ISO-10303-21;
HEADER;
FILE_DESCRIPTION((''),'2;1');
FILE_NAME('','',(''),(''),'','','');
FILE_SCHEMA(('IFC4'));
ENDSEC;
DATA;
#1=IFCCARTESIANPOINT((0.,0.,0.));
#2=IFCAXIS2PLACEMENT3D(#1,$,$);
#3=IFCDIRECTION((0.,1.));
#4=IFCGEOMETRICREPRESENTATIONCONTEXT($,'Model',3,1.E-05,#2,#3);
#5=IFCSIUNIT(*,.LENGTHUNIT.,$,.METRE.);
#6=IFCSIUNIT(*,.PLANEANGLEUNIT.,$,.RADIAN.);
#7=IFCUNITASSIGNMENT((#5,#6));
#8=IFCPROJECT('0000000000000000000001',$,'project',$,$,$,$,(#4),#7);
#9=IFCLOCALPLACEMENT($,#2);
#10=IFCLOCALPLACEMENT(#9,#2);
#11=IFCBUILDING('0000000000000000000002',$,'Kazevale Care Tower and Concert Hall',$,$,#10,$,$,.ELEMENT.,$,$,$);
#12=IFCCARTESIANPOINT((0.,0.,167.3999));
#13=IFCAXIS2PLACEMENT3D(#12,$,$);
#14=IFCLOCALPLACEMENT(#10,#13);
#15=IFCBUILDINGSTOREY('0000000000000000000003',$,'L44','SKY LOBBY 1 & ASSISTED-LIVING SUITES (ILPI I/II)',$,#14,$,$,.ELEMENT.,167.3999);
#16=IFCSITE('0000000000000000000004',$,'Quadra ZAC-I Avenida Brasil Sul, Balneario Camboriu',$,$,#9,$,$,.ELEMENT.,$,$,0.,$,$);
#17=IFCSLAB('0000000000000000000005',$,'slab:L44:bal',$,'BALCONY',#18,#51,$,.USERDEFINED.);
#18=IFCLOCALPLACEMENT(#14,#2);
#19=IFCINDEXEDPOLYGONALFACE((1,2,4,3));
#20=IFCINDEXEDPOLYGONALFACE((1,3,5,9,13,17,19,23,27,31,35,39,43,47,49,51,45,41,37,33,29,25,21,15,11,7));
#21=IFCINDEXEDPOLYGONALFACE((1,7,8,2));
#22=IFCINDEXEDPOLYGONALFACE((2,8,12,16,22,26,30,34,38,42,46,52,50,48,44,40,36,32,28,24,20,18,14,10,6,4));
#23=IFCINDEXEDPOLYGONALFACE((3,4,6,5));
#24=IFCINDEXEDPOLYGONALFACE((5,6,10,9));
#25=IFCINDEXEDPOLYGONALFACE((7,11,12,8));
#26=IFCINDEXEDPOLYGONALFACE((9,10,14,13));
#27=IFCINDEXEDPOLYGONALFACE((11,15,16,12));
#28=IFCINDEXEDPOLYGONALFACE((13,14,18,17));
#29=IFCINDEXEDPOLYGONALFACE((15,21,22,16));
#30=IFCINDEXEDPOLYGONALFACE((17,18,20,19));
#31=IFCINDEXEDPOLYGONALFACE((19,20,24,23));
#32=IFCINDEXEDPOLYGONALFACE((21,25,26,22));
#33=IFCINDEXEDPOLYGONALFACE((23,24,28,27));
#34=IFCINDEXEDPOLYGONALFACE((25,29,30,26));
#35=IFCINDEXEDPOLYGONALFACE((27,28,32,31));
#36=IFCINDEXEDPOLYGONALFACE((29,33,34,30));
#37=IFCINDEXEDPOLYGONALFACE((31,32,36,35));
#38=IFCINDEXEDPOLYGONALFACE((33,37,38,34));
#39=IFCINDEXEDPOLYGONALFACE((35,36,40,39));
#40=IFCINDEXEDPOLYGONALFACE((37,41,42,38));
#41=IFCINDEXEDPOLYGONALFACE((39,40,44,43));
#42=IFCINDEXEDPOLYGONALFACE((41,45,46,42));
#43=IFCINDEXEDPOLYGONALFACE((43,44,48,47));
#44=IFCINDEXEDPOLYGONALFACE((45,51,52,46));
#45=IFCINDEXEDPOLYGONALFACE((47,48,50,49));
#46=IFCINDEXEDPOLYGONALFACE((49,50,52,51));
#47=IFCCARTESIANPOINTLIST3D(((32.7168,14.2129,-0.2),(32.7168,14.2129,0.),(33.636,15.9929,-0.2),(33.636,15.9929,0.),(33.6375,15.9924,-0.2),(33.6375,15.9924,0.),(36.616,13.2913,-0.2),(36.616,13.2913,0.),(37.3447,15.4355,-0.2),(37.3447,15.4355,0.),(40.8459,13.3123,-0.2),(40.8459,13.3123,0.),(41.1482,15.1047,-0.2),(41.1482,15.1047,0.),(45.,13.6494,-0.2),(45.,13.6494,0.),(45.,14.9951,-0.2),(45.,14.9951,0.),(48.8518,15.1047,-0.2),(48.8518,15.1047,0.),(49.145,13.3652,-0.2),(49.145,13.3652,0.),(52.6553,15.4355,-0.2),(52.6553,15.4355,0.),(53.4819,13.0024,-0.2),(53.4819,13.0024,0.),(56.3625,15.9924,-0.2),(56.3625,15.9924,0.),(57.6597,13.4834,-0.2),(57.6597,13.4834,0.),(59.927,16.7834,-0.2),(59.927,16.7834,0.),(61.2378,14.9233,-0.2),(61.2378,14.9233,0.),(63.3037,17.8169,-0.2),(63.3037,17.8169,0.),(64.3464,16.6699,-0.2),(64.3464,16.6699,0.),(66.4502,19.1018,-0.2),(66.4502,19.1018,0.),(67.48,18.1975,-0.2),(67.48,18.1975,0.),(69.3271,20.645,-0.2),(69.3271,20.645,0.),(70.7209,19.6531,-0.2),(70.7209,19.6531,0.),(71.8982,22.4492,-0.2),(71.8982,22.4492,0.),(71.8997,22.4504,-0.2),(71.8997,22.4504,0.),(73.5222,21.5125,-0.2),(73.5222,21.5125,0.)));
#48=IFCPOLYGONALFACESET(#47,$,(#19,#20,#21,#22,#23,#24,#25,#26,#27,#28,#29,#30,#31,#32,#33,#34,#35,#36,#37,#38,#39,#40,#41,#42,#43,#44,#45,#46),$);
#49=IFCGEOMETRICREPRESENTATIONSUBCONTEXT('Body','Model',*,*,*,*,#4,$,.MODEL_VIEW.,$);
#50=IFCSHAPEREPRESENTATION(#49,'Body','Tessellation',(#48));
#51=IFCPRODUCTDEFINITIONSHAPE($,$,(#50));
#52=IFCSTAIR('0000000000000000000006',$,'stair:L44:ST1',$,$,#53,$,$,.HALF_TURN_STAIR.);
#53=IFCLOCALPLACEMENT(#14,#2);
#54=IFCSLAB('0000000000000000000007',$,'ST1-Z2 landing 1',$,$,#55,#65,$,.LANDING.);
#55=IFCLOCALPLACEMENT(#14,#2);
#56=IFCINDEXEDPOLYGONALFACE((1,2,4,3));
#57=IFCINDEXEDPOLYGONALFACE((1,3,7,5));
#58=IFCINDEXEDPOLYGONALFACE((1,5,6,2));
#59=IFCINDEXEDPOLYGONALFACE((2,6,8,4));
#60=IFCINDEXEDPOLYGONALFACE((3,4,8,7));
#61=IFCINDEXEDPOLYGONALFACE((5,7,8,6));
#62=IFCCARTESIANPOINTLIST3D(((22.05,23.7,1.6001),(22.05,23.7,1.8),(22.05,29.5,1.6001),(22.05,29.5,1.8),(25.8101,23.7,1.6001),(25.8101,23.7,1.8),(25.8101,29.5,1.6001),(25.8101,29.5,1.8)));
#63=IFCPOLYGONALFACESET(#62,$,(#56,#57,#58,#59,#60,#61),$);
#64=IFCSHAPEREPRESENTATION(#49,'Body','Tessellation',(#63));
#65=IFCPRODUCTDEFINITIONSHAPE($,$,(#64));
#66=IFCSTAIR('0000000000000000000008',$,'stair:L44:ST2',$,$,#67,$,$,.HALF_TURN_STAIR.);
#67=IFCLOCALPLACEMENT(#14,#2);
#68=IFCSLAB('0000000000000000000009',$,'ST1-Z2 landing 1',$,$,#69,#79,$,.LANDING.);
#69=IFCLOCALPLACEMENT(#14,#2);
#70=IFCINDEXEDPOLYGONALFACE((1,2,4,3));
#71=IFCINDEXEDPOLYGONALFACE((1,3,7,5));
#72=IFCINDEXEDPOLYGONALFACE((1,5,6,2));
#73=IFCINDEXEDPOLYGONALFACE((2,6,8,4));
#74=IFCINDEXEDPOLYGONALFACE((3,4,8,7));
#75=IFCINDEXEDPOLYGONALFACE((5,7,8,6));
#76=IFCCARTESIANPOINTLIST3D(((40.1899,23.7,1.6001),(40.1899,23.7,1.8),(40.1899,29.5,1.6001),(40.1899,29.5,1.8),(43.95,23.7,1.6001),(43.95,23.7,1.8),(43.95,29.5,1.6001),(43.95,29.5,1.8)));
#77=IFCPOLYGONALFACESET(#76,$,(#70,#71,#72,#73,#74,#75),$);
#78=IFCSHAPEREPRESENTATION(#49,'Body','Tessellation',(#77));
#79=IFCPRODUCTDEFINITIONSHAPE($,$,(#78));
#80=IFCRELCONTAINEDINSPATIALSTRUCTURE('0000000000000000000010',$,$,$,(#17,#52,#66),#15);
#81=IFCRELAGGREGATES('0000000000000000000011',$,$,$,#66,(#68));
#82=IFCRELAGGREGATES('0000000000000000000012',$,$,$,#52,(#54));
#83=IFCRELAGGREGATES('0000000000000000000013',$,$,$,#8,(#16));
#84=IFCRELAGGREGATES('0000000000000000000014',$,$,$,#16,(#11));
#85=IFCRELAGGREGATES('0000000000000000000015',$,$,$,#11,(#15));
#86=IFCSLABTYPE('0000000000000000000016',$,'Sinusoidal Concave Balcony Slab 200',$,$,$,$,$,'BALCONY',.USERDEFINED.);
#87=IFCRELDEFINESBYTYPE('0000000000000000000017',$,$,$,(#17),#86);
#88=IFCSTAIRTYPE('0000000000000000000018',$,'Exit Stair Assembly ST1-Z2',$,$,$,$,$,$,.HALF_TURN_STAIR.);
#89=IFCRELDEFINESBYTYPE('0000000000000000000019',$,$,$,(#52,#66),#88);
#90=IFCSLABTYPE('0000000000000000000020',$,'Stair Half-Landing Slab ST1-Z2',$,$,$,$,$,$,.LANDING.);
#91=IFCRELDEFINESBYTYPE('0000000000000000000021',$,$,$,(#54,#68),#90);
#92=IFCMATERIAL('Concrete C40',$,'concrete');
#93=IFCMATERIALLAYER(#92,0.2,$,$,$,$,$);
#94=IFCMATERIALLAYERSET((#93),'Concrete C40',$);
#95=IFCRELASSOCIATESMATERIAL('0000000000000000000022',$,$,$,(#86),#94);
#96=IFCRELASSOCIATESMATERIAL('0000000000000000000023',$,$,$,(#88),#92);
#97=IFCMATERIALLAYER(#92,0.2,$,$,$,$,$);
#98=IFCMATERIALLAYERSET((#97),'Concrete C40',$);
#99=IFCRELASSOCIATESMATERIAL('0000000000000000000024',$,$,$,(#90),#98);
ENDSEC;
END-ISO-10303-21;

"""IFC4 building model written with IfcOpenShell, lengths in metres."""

from ifc_helpers import new_model, si_unit, direction, frame, origin, place, context, subcontext, project, spatial, polyline, outline, extrude, material, layer, layer_set, type_object, element, aggregate, save


model = new_model("IFC4")

# Units and contexts
model_context = context("Model", 3, precision=1e-05, world=origin(), true_north=direction((0.0, 1.0)))
body_context = subcontext(model_context, "Body", "Model", "MODEL_VIEW")
ifc_project = project(units=[si_unit("LENGTHUNIT", "METRE"), si_unit("PLANEANGLEUNIT", "RADIAN")], contexts=[model_context])

# Site, building, storey
site_placement = place(None, origin())
site = spatial("IfcSite", under=ifc_project, at=site_placement, Name="Quadra ZAC-I Avenida Brasil Sul, Balneario Camboriu", CompositionType="ELEMENT", RefElevation=0.0)
building_placement = place(site_placement, origin())
building = spatial("IfcBuilding", under=site, at=building_placement, Name="Kazevale Care Tower and Concert Hall", CompositionType="ELEMENT")
storey_placement = place(building_placement, frame((0.0, 0.0, 167.3999)))
storey = spatial("IfcBuildingStorey", under=building, at=storey_placement, Name="L44", Description="SKY LOBBY 1 & ASSISTED-LIVING SUITES (ILPI I/II)", CompositionType="ELEMENT", Elevation=167.3999)

# Slab
ifc_material_1 = material(Name="Concrete C40", Category="concrete")
ifc_layer_1 = layer(ifc_material_1, 0.2)
ifc_layer_set_1 = layer_set([ifc_layer_1], Name="Concrete C40")
slab_type_1 = type_object("IfcSlabType", Name="Sinusoidal Concave Balcony Slab 200", ElementType="BALCONY", PredefinedType="USERDEFINED", material=ifc_layer_set_1)
slab_1_placement = place(storey_placement, frame((0.0, 0.0, -0.2)))
element("IfcSlab", 1, at=slab_1_placement, inside=storey, type_object=slab_type_1, Name="slab:L44:bal", ObjectType="BALCONY", PredefinedType="USERDEFINED", context=body_context, shape_type="SweptSolid", body=[
    extrude(outline(polyline([(73.5222, 21.5125), (70.7209, 19.6531), (67.48, 18.1975), (64.3464, 16.6699), (61.2378, 14.9233), (57.6597, 13.4834), (53.4819, 13.0024), (49.145, 13.3652), (45.0, 13.6494), (40.8459, 13.3123), (36.616, 13.2913), (32.7168, 14.2129), (33.636, 15.9929), (33.6375, 15.9924), (37.3447, 15.4355), (41.1482, 15.1047), (45.0, 14.9951), (48.8518, 15.1047), (52.6553, 15.4355), (56.3625, 15.9924), (59.927, 16.7834), (63.3037, 17.8169), (66.4502, 19.1018), (69.3271, 20.645), (71.8982, 22.4492), (71.8997, 22.4504), (73.5222, 21.5125)])), origin(), (0.0, 0.0, 1.0), 0.2),
])

# Stairs, slabs
stair_type = type_object("IfcStairType", Name="Exit Stair Assembly ST1-Z2", PredefinedType="HALF_TURN_STAIR", material=ifc_material_1)
stair_1_placement = place(storey_placement, origin())
stair_1 = element("IfcStair", 2, at=stair_1_placement, inside=storey, type_object=stair_type, Name="stair:L44:ST1", PredefinedType="HALF_TURN_STAIR")
ifc_layer_2 = layer(ifc_material_1, 0.2)
ifc_layer_set_2 = layer_set([ifc_layer_2], Name="Concrete C40")
slab_type_2 = type_object("IfcSlabType", Name="Stair Half-Landing Slab ST1-Z2", PredefinedType="LANDING", material=ifc_layer_set_2)
slab_2_placement = place(storey_placement, frame((0.0, 0.0, 1.6001)))
slab_2 = element("IfcSlab", 3, at=slab_2_placement, type_object=slab_type_2, Name="ST1-Z2 landing 1", PredefinedType="LANDING", context=body_context, shape_type="SweptSolid", body=[
    extrude(outline(polyline([(22.05, 23.7), (25.8101, 23.7), (25.8101, 29.5), (22.05, 29.5), (22.05, 23.7)])), origin(), (0.0, 0.0, 1.0), 0.2),
])
stair_2_placement = place(storey_placement, origin())
stair_2 = element("IfcStair", 4, at=stair_2_placement, inside=storey, type_object=stair_type, Name="stair:L44:ST2", PredefinedType="HALF_TURN_STAIR")
slab_3_placement = place(storey_placement, frame((0.0, 0.0, 1.6001)))
slab_3 = element("IfcSlab", 5, at=slab_3_placement, type_object=slab_type_2, Name="ST1-Z2 landing 1", PredefinedType="LANDING", context=body_context, shape_type="SweptSolid", body=[
    extrude(outline(polyline([(40.1899, 23.7), (43.95, 23.7), (43.95, 29.5), (40.1899, 29.5), (40.1899, 23.7)])), origin(), (0.0, 0.0, 1.0), 0.2),
])
aggregate(stair_2, [slab_3])

aggregate(stair_1, [slab_2])

save(model, "model.ifc")
